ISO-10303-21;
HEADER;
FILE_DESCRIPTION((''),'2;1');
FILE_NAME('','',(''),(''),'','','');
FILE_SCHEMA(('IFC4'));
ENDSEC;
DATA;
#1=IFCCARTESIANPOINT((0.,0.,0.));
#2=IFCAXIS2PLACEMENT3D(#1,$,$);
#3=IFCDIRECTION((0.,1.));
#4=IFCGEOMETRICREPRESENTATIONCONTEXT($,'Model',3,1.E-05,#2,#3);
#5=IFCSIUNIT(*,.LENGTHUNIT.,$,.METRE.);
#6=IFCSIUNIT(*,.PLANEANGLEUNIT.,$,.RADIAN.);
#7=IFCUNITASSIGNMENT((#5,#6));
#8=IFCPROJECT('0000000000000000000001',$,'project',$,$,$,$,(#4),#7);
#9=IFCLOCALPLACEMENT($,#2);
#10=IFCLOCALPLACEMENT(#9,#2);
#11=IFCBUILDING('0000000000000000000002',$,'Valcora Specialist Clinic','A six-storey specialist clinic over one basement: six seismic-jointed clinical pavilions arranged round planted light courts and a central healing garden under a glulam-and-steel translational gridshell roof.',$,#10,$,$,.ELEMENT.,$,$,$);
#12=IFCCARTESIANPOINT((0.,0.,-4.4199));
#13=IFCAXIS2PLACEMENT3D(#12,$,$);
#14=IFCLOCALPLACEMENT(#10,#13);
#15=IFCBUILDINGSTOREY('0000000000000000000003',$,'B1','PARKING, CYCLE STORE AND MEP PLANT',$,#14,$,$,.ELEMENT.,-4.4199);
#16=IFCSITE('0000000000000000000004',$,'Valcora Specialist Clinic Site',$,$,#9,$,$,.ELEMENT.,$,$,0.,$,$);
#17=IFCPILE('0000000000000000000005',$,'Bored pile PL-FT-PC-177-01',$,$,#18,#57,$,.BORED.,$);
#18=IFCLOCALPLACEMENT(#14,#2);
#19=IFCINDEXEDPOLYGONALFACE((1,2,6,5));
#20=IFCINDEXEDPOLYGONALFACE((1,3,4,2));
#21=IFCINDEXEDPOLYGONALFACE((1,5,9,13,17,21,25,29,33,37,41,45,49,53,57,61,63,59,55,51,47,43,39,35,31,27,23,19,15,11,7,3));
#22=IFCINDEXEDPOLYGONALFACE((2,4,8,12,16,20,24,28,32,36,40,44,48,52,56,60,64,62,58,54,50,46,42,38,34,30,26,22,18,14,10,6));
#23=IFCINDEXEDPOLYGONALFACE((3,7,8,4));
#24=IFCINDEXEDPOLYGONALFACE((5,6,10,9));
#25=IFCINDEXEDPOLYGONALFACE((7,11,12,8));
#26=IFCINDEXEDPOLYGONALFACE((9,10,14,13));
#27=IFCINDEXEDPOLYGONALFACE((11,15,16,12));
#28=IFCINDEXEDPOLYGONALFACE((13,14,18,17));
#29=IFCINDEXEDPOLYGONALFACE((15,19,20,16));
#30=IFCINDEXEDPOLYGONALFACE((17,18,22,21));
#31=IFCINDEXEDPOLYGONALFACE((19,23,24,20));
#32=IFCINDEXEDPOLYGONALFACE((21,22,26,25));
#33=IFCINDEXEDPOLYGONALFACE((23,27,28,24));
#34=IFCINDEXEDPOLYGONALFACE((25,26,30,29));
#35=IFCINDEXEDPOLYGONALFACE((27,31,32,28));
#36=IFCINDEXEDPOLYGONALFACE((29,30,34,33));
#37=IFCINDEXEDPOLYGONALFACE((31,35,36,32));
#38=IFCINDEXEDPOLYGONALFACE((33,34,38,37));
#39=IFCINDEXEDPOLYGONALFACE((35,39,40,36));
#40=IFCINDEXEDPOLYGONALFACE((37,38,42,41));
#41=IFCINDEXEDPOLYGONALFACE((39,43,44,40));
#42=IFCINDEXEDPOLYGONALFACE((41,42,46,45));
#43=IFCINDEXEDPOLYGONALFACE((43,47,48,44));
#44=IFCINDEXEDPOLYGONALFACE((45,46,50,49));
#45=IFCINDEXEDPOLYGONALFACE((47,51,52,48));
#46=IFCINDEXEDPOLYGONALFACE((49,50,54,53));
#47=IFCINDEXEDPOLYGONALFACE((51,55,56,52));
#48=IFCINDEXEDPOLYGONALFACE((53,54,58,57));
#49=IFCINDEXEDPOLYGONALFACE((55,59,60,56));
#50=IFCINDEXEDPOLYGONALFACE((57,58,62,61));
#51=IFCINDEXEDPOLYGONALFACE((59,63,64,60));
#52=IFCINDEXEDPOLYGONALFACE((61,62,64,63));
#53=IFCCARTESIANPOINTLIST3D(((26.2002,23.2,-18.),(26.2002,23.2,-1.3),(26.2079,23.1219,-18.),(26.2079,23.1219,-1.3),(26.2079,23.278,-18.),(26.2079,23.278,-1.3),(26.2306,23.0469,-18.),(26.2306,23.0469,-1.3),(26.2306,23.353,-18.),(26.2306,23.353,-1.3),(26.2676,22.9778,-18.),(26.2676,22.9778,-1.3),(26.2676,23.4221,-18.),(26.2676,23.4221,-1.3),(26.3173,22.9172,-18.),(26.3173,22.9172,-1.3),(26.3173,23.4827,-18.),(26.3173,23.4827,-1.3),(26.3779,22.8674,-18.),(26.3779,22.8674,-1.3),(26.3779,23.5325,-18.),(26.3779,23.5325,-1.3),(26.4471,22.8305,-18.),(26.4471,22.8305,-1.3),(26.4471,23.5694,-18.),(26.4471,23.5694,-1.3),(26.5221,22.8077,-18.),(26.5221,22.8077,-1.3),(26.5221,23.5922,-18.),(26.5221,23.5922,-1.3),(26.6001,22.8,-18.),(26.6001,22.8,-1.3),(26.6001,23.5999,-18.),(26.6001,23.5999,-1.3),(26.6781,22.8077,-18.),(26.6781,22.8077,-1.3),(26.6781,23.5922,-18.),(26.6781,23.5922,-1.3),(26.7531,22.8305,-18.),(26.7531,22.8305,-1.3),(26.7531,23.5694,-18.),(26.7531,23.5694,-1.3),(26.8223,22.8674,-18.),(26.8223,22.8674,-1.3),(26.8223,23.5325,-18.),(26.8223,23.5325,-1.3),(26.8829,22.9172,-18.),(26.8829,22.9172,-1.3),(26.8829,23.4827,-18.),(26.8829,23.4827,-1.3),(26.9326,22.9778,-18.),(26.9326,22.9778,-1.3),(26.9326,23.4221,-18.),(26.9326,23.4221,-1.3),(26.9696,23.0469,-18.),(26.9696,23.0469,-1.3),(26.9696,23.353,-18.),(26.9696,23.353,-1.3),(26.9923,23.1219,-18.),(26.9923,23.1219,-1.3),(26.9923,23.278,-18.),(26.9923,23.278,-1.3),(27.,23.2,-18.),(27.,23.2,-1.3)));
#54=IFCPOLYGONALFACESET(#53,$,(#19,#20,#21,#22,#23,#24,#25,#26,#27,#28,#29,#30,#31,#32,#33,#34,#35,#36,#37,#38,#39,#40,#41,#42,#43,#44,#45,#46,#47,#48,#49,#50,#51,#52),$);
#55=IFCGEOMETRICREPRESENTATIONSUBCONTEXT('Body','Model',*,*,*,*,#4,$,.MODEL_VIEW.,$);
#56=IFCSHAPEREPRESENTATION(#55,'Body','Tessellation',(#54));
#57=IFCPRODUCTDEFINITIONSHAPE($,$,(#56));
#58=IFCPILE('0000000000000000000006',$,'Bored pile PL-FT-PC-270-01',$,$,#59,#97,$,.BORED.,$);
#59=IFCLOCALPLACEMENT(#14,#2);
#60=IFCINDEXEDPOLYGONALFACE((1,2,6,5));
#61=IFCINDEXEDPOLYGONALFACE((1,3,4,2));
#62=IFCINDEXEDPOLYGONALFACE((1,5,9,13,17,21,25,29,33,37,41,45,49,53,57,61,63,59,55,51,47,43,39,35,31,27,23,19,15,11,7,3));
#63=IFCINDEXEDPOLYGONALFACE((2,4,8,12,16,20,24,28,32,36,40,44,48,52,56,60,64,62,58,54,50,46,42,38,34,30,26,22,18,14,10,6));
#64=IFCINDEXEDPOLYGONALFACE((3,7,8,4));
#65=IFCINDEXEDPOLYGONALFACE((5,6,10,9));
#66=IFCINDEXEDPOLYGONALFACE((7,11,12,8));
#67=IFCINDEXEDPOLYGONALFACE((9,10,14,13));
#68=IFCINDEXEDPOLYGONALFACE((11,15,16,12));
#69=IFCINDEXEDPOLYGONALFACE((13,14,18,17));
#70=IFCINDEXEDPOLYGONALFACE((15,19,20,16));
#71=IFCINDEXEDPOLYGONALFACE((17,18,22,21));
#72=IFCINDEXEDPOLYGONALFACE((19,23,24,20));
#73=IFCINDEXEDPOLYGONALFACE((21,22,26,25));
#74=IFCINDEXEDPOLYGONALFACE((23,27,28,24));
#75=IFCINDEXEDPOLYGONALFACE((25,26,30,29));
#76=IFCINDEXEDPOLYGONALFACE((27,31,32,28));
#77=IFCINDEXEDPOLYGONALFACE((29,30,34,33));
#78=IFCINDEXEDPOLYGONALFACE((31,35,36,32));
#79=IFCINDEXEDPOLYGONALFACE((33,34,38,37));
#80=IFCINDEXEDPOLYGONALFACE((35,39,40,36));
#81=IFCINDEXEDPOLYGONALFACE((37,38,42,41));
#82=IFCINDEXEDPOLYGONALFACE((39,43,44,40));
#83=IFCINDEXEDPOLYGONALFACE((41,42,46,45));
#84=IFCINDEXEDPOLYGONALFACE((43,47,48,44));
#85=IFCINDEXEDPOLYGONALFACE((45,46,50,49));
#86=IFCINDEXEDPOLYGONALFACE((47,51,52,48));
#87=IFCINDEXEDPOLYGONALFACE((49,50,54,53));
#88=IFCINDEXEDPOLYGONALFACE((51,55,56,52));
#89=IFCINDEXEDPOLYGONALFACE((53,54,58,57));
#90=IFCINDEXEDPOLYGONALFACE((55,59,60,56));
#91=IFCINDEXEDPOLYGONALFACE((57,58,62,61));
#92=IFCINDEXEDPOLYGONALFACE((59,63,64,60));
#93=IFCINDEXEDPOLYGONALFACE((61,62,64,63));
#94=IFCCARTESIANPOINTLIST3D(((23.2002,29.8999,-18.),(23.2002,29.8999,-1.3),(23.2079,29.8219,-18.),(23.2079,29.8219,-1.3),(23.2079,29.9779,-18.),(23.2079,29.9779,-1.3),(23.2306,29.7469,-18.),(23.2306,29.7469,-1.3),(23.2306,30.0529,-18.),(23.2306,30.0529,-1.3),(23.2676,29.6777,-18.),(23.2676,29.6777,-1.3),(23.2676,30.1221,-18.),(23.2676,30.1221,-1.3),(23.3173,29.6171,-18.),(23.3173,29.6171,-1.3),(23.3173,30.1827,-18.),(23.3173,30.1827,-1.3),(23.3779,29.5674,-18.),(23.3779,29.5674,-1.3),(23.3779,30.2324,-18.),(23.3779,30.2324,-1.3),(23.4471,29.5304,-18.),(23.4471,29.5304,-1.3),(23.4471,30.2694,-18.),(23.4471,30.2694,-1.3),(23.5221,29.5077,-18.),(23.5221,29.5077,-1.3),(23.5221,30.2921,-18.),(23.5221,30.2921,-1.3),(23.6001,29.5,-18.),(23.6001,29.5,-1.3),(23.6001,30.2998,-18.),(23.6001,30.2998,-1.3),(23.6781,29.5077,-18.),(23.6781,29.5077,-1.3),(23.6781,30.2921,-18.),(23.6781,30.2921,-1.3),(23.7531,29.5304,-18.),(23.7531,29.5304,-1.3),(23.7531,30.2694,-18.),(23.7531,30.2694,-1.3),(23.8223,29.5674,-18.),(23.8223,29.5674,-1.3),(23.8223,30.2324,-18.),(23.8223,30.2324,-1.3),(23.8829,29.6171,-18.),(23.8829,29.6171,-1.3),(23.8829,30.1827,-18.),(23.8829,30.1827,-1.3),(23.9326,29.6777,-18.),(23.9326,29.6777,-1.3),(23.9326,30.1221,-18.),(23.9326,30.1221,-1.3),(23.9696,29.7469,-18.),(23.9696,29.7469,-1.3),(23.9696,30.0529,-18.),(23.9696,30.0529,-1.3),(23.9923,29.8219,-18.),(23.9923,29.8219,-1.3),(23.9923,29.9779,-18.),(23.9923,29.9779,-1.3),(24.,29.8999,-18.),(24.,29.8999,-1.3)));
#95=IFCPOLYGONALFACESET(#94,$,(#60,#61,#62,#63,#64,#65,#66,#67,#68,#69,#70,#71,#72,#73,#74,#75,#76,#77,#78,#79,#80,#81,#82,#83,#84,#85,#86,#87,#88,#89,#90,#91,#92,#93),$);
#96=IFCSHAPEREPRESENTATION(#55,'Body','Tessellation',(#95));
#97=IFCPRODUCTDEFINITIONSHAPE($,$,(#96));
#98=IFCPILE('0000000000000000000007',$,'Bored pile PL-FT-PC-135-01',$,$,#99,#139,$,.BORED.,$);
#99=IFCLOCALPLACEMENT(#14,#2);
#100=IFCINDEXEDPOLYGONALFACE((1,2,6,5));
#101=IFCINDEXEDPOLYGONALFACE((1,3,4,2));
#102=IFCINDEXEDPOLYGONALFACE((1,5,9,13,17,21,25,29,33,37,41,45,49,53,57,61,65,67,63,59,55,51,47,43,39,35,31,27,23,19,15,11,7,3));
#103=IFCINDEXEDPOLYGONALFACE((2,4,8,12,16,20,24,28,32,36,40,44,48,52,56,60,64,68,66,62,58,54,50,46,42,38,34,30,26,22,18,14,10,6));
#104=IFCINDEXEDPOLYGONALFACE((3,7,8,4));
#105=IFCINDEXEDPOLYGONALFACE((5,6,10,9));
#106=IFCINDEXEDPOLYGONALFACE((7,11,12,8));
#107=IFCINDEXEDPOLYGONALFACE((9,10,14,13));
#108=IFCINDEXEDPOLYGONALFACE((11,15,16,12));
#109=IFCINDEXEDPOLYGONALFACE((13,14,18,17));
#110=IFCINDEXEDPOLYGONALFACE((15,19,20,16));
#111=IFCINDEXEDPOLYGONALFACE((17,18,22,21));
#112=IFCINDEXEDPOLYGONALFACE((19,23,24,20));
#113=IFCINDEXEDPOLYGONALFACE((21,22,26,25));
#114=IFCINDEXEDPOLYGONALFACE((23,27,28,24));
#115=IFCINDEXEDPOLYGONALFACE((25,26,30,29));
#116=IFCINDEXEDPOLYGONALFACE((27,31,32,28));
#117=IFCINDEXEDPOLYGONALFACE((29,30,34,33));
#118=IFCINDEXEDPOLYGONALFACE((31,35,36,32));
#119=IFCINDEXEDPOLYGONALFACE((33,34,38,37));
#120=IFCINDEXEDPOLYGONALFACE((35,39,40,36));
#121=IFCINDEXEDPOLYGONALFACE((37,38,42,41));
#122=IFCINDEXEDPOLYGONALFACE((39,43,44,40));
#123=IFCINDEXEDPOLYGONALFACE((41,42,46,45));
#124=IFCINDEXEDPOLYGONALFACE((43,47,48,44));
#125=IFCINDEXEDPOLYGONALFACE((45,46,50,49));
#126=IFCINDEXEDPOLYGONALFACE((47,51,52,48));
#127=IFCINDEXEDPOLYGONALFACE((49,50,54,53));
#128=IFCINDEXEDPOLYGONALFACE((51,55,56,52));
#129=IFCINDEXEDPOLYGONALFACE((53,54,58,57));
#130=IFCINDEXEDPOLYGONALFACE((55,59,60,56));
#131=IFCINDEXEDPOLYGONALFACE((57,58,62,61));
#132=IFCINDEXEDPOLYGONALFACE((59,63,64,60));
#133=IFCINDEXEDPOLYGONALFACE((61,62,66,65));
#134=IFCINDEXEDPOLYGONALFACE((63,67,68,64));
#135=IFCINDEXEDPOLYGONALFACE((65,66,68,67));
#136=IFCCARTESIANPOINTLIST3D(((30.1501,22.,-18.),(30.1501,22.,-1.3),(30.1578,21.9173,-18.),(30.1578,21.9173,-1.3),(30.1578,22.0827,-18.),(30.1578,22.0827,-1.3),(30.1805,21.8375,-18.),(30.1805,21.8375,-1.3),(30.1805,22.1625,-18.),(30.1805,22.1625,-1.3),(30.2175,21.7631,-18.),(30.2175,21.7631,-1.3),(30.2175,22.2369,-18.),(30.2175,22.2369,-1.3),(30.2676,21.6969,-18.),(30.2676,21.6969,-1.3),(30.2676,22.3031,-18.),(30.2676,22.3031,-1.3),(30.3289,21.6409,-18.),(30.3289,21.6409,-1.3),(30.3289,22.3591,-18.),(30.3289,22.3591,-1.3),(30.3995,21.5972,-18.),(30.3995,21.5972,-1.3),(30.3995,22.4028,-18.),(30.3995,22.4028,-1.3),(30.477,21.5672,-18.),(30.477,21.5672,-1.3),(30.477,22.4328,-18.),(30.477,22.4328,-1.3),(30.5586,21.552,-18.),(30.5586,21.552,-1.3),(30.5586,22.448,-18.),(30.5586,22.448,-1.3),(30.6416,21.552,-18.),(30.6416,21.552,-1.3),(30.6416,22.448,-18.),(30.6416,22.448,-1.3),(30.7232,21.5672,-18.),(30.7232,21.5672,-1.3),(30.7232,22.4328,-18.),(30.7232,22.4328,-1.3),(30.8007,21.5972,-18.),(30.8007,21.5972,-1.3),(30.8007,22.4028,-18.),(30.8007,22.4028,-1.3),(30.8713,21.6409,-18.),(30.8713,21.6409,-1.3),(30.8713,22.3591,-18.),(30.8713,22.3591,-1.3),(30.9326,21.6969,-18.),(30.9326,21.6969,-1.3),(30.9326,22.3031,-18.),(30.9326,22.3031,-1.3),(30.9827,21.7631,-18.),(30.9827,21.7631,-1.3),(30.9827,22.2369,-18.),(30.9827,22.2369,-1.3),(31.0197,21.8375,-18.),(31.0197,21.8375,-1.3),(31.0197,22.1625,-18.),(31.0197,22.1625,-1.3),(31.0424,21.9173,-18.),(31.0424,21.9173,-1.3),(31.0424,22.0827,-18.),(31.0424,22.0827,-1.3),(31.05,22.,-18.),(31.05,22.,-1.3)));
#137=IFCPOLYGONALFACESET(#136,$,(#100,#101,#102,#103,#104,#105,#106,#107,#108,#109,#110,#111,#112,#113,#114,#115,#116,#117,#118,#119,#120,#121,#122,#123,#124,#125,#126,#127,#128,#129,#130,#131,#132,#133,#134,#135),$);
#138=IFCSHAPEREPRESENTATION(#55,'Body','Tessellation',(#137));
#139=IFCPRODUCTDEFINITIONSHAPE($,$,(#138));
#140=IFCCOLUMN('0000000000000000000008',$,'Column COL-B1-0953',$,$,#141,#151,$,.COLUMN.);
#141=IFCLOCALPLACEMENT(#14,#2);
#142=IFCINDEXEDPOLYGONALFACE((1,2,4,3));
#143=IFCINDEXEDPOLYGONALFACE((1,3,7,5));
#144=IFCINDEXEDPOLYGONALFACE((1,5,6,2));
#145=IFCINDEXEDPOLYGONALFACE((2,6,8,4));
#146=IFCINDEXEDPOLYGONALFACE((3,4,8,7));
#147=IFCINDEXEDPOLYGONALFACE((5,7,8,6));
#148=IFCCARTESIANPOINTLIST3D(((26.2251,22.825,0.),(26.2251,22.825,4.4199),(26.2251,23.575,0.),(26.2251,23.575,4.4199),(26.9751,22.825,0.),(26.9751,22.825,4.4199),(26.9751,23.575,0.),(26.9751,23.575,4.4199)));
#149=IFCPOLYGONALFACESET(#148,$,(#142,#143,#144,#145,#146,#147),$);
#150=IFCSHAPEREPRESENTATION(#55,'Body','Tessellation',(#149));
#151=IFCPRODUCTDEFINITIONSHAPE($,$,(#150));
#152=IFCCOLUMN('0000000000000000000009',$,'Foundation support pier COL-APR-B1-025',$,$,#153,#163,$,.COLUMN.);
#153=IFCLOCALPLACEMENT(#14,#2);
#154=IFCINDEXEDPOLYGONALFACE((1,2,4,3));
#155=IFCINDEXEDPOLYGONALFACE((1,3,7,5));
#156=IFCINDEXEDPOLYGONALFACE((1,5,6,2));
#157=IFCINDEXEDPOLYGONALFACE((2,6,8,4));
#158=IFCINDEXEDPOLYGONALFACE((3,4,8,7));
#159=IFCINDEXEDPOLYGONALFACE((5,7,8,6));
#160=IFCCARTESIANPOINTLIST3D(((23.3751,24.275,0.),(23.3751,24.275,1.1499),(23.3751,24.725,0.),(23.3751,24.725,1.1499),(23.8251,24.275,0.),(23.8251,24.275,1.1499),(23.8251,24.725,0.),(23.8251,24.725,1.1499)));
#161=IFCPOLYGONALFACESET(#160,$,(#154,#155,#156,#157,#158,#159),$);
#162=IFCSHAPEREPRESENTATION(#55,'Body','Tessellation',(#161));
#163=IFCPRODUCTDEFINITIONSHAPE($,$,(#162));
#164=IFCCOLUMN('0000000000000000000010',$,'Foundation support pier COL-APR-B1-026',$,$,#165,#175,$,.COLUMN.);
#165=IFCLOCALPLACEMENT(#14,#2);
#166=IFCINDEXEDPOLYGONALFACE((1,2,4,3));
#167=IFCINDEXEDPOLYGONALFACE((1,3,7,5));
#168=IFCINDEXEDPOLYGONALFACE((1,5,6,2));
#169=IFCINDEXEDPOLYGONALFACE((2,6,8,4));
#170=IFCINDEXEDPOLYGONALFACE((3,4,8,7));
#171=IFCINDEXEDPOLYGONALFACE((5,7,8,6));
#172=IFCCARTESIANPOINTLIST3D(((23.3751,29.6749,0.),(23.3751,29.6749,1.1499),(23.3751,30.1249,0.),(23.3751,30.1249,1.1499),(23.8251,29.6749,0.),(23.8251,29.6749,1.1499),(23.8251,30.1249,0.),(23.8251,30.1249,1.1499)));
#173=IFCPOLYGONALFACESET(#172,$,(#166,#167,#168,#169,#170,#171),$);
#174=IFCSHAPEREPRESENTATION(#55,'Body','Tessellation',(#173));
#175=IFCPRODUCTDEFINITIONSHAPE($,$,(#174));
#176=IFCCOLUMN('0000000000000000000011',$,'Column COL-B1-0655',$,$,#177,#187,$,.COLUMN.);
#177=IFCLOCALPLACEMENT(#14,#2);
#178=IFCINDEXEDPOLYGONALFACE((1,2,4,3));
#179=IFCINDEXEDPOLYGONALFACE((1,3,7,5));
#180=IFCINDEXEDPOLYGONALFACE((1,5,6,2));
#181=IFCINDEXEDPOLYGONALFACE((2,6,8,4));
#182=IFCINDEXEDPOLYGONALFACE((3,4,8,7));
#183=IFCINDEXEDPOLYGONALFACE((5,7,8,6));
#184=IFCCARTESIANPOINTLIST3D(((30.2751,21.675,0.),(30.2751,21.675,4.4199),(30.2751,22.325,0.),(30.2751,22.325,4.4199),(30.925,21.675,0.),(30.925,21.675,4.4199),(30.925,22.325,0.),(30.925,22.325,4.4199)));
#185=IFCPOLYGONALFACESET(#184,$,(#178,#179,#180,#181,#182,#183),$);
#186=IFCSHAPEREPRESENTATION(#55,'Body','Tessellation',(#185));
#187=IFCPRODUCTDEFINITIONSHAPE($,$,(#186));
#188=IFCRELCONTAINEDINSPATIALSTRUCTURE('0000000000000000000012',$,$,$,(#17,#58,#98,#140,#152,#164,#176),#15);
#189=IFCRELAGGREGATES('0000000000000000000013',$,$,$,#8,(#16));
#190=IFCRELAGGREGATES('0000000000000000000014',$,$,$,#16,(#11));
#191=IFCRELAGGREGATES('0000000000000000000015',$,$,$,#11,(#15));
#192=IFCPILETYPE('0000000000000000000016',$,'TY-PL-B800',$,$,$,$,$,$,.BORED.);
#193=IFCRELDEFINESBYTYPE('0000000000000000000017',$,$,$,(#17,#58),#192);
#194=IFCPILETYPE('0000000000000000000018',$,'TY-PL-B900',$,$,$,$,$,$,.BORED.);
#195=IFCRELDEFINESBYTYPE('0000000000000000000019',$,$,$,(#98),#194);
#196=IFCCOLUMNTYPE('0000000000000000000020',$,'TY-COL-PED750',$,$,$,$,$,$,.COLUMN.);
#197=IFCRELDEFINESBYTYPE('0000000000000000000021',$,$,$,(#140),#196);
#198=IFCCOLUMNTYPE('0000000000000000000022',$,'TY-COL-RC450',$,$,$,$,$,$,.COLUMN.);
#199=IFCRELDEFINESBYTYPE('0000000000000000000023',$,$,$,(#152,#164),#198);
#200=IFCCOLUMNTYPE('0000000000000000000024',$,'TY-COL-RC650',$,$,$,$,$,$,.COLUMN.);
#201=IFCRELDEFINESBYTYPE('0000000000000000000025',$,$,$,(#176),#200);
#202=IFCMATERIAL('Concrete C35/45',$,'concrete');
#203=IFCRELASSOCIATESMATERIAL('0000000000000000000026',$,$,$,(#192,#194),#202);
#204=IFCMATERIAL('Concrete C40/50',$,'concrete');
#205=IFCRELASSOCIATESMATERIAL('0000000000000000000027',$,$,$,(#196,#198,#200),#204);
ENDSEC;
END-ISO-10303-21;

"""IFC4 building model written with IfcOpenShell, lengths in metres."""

from ifc_helpers import new_model, si_unit, direction, frame, origin, origin_2d, place, context, subcontext, project, spatial, rectangle, circle, extrude, material, material_profile, profile_set, type_object, element, save


model = new_model("IFC4")

# Units and contexts
model_context = context("Model", 3, precision=1e-05, world=origin(), true_north=direction((0.0, 1.0)))
body_context = subcontext(model_context, "Body", "Model", "MODEL_VIEW")
ifc_project = project(units=[si_unit("LENGTHUNIT", "METRE"), si_unit("PLANEANGLEUNIT", "RADIAN")], contexts=[model_context])

# Site, building, storey
site_placement = place(None, origin())
site = spatial("IfcSite", under=ifc_project, at=site_placement, Name="Valcora Specialist Clinic Site", CompositionType="ELEMENT", RefElevation=0.0)
building_placement = place(site_placement, origin())
building = spatial("IfcBuilding", under=site, at=building_placement, Name="Valcora Specialist Clinic", Description="A six-storey specialist clinic over one basement: six seismic-jointed clinical pavilions arranged round planted light courts and a central healing garden under a glulam-and-steel translational gridshell roof.", CompositionType="ELEMENT")
storey_placement = place(building_placement, frame((0.0, 0.0, -4.4199)))
storey = spatial("IfcBuildingStorey", under=building, at=storey_placement, Name="B1", Description="PARKING, CYCLE STORE AND MEP PLANT", CompositionType="ELEMENT", Elevation=-4.4199)

# Shared definitions
ifc_material_1 = material(Name="Concrete C35/45", Category="concrete")

# Piles
ifc_material_profile_1 = material_profile(ifc_material_1, circle(Radius=0.3999, at=origin_2d()), Name="RC-PIL-D800")
ifc_profile_set_1 = profile_set([ifc_material_profile_1], Name="Concrete C35/45")
pile_type_1 = type_object("IfcPileType", Name="TY-PL-B800", PredefinedType="BORED", material=ifc_profile_set_1)
for number, where, z_axis, x_axis, name in (
    (1, (26.6001, 23.2, -1.3), (0.0, 0.0, -1.0), (1.0, 0.0, 0.0), "Bored pile PL-FT-PC-177-01"),
    (2, (23.6001, 29.8999, -1.3), (0.0, 0.0, -1.0), (1.0, 0.0, 0.0), "Bored pile PL-FT-PC-270-01"),
):
    element("IfcPile", number, at=place(storey_placement, frame(where, z_axis=z_axis, x_axis=x_axis)), inside=storey, type_object=pile_type_1, Name=name, PredefinedType="BORED", context=body_context, shape_type="SweptSolid", body=[
        extrude(circle(Radius=0.3999, at=origin_2d()), origin(), (0.0, 0.0, 1.0), 16.7),
    ])
ifc_material_profile_2 = material_profile(ifc_material_1, circle(Radius=0.45, at=origin_2d()), Name="RC-PIL-D900")
ifc_profile_set_2 = profile_set([ifc_material_profile_2], Name="Concrete C35/45")
pile_type_2 = type_object("IfcPileType", Name="TY-PL-B900", PredefinedType="BORED", material=ifc_profile_set_2)
pile_placement = place(storey_placement, frame((30.6001, 22.0, -1.3), z_axis=(0.0, 0.0, -1.0), x_axis=(1.0, 0.0, 0.0)))
element("IfcPile", 3, at=pile_placement, inside=storey, type_object=pile_type_2, Name="Bored pile PL-FT-PC-135-01", PredefinedType="BORED", context=body_context, shape_type="SweptSolid", body=[
    extrude(circle(Radius=0.45, at=origin_2d()), origin(), (0.0, 0.0, 1.0), 16.7),
])

# Columns
ifc_material_2 = material(Name="Concrete C40/50", Category="concrete")
ifc_material_profile_3 = material_profile(ifc_material_2, rectangle(XDim=0.75, YDim=0.75, at=origin_2d()), Name="RC-PED-750X750")
ifc_profile_set_3 = profile_set([ifc_material_profile_3], Name="Concrete C40/50")
column_type_1 = type_object("IfcColumnType", Name="TY-COL-PED750", PredefinedType="COLUMN", material=ifc_profile_set_3)
column_1_placement = place(storey_placement, frame((26.6001, 23.2, 0.0), z_axis=(0.0, 0.0, 1.0), x_axis=(1.0, 0.0, 0.0)))
element("IfcColumn", 4, at=column_1_placement, inside=storey, type_object=column_type_1, Name="Column COL-B1-0953", PredefinedType="COLUMN", context=body_context, shape_type="SweptSolid", body=[
    extrude(rectangle(XDim=0.75, YDim=0.75, at=origin_2d()), origin(), (0.0, 0.0, 1.0), 4.4199),
])
ifc_material_profile_4 = material_profile(ifc_material_2, rectangle(XDim=0.45, YDim=0.45, at=origin_2d()), Name="RC-COL-450X450")
ifc_profile_set_4 = profile_set([ifc_material_profile_4], Name="Concrete C40/50")
column_type_2 = type_object("IfcColumnType", Name="TY-COL-RC450", PredefinedType="COLUMN", material=ifc_profile_set_4)
for number, where, z_axis, x_axis, name in (
    (5, (23.6001, 24.5, 0.0), (0.0, 0.0, 1.0), (1.0, 0.0, 0.0), "Foundation support pier COL-APR-B1-025"),
    (6, (23.6001, 29.8999, 0.0), (0.0, 0.0, 1.0), (1.0, 0.0, 0.0), "Foundation support pier COL-APR-B1-026"),
):
    element("IfcColumn", number, at=place(storey_placement, frame(where, z_axis=z_axis, x_axis=x_axis)), inside=storey, type_object=column_type_2, Name=name, PredefinedType="COLUMN", context=body_context, shape_type="SweptSolid", body=[
        extrude(rectangle(XDim=0.45, YDim=0.45, at=origin_2d()), origin(), (0.0, 0.0, 1.0), 1.1499),
    ])
ifc_material_profile_5 = material_profile(ifc_material_2, rectangle(XDim=0.6499, YDim=0.6499, at=origin_2d()), Name="RC-COL-650X650")
ifc_profile_set_5 = profile_set([ifc_material_profile_5], Name="Concrete C40/50")
column_type_3 = type_object("IfcColumnType", Name="TY-COL-RC650", PredefinedType="COLUMN", material=ifc_profile_set_5)
column_2_placement = place(storey_placement, frame((30.6001, 22.0, 0.0), z_axis=(0.0, 0.0, 1.0), x_axis=(1.0, 0.0, 0.0)))
element("IfcColumn", 7, at=column_2_placement, inside=storey, type_object=column_type_3, Name="Column COL-B1-0655", PredefinedType="COLUMN", context=body_context, shape_type="SweptSolid", body=[
    extrude(rectangle(XDim=0.6499, YDim=0.6499, at=origin_2d()), origin(), (0.0, 0.0, 1.0), 4.4199),
])

save(model, "model.ifc")
